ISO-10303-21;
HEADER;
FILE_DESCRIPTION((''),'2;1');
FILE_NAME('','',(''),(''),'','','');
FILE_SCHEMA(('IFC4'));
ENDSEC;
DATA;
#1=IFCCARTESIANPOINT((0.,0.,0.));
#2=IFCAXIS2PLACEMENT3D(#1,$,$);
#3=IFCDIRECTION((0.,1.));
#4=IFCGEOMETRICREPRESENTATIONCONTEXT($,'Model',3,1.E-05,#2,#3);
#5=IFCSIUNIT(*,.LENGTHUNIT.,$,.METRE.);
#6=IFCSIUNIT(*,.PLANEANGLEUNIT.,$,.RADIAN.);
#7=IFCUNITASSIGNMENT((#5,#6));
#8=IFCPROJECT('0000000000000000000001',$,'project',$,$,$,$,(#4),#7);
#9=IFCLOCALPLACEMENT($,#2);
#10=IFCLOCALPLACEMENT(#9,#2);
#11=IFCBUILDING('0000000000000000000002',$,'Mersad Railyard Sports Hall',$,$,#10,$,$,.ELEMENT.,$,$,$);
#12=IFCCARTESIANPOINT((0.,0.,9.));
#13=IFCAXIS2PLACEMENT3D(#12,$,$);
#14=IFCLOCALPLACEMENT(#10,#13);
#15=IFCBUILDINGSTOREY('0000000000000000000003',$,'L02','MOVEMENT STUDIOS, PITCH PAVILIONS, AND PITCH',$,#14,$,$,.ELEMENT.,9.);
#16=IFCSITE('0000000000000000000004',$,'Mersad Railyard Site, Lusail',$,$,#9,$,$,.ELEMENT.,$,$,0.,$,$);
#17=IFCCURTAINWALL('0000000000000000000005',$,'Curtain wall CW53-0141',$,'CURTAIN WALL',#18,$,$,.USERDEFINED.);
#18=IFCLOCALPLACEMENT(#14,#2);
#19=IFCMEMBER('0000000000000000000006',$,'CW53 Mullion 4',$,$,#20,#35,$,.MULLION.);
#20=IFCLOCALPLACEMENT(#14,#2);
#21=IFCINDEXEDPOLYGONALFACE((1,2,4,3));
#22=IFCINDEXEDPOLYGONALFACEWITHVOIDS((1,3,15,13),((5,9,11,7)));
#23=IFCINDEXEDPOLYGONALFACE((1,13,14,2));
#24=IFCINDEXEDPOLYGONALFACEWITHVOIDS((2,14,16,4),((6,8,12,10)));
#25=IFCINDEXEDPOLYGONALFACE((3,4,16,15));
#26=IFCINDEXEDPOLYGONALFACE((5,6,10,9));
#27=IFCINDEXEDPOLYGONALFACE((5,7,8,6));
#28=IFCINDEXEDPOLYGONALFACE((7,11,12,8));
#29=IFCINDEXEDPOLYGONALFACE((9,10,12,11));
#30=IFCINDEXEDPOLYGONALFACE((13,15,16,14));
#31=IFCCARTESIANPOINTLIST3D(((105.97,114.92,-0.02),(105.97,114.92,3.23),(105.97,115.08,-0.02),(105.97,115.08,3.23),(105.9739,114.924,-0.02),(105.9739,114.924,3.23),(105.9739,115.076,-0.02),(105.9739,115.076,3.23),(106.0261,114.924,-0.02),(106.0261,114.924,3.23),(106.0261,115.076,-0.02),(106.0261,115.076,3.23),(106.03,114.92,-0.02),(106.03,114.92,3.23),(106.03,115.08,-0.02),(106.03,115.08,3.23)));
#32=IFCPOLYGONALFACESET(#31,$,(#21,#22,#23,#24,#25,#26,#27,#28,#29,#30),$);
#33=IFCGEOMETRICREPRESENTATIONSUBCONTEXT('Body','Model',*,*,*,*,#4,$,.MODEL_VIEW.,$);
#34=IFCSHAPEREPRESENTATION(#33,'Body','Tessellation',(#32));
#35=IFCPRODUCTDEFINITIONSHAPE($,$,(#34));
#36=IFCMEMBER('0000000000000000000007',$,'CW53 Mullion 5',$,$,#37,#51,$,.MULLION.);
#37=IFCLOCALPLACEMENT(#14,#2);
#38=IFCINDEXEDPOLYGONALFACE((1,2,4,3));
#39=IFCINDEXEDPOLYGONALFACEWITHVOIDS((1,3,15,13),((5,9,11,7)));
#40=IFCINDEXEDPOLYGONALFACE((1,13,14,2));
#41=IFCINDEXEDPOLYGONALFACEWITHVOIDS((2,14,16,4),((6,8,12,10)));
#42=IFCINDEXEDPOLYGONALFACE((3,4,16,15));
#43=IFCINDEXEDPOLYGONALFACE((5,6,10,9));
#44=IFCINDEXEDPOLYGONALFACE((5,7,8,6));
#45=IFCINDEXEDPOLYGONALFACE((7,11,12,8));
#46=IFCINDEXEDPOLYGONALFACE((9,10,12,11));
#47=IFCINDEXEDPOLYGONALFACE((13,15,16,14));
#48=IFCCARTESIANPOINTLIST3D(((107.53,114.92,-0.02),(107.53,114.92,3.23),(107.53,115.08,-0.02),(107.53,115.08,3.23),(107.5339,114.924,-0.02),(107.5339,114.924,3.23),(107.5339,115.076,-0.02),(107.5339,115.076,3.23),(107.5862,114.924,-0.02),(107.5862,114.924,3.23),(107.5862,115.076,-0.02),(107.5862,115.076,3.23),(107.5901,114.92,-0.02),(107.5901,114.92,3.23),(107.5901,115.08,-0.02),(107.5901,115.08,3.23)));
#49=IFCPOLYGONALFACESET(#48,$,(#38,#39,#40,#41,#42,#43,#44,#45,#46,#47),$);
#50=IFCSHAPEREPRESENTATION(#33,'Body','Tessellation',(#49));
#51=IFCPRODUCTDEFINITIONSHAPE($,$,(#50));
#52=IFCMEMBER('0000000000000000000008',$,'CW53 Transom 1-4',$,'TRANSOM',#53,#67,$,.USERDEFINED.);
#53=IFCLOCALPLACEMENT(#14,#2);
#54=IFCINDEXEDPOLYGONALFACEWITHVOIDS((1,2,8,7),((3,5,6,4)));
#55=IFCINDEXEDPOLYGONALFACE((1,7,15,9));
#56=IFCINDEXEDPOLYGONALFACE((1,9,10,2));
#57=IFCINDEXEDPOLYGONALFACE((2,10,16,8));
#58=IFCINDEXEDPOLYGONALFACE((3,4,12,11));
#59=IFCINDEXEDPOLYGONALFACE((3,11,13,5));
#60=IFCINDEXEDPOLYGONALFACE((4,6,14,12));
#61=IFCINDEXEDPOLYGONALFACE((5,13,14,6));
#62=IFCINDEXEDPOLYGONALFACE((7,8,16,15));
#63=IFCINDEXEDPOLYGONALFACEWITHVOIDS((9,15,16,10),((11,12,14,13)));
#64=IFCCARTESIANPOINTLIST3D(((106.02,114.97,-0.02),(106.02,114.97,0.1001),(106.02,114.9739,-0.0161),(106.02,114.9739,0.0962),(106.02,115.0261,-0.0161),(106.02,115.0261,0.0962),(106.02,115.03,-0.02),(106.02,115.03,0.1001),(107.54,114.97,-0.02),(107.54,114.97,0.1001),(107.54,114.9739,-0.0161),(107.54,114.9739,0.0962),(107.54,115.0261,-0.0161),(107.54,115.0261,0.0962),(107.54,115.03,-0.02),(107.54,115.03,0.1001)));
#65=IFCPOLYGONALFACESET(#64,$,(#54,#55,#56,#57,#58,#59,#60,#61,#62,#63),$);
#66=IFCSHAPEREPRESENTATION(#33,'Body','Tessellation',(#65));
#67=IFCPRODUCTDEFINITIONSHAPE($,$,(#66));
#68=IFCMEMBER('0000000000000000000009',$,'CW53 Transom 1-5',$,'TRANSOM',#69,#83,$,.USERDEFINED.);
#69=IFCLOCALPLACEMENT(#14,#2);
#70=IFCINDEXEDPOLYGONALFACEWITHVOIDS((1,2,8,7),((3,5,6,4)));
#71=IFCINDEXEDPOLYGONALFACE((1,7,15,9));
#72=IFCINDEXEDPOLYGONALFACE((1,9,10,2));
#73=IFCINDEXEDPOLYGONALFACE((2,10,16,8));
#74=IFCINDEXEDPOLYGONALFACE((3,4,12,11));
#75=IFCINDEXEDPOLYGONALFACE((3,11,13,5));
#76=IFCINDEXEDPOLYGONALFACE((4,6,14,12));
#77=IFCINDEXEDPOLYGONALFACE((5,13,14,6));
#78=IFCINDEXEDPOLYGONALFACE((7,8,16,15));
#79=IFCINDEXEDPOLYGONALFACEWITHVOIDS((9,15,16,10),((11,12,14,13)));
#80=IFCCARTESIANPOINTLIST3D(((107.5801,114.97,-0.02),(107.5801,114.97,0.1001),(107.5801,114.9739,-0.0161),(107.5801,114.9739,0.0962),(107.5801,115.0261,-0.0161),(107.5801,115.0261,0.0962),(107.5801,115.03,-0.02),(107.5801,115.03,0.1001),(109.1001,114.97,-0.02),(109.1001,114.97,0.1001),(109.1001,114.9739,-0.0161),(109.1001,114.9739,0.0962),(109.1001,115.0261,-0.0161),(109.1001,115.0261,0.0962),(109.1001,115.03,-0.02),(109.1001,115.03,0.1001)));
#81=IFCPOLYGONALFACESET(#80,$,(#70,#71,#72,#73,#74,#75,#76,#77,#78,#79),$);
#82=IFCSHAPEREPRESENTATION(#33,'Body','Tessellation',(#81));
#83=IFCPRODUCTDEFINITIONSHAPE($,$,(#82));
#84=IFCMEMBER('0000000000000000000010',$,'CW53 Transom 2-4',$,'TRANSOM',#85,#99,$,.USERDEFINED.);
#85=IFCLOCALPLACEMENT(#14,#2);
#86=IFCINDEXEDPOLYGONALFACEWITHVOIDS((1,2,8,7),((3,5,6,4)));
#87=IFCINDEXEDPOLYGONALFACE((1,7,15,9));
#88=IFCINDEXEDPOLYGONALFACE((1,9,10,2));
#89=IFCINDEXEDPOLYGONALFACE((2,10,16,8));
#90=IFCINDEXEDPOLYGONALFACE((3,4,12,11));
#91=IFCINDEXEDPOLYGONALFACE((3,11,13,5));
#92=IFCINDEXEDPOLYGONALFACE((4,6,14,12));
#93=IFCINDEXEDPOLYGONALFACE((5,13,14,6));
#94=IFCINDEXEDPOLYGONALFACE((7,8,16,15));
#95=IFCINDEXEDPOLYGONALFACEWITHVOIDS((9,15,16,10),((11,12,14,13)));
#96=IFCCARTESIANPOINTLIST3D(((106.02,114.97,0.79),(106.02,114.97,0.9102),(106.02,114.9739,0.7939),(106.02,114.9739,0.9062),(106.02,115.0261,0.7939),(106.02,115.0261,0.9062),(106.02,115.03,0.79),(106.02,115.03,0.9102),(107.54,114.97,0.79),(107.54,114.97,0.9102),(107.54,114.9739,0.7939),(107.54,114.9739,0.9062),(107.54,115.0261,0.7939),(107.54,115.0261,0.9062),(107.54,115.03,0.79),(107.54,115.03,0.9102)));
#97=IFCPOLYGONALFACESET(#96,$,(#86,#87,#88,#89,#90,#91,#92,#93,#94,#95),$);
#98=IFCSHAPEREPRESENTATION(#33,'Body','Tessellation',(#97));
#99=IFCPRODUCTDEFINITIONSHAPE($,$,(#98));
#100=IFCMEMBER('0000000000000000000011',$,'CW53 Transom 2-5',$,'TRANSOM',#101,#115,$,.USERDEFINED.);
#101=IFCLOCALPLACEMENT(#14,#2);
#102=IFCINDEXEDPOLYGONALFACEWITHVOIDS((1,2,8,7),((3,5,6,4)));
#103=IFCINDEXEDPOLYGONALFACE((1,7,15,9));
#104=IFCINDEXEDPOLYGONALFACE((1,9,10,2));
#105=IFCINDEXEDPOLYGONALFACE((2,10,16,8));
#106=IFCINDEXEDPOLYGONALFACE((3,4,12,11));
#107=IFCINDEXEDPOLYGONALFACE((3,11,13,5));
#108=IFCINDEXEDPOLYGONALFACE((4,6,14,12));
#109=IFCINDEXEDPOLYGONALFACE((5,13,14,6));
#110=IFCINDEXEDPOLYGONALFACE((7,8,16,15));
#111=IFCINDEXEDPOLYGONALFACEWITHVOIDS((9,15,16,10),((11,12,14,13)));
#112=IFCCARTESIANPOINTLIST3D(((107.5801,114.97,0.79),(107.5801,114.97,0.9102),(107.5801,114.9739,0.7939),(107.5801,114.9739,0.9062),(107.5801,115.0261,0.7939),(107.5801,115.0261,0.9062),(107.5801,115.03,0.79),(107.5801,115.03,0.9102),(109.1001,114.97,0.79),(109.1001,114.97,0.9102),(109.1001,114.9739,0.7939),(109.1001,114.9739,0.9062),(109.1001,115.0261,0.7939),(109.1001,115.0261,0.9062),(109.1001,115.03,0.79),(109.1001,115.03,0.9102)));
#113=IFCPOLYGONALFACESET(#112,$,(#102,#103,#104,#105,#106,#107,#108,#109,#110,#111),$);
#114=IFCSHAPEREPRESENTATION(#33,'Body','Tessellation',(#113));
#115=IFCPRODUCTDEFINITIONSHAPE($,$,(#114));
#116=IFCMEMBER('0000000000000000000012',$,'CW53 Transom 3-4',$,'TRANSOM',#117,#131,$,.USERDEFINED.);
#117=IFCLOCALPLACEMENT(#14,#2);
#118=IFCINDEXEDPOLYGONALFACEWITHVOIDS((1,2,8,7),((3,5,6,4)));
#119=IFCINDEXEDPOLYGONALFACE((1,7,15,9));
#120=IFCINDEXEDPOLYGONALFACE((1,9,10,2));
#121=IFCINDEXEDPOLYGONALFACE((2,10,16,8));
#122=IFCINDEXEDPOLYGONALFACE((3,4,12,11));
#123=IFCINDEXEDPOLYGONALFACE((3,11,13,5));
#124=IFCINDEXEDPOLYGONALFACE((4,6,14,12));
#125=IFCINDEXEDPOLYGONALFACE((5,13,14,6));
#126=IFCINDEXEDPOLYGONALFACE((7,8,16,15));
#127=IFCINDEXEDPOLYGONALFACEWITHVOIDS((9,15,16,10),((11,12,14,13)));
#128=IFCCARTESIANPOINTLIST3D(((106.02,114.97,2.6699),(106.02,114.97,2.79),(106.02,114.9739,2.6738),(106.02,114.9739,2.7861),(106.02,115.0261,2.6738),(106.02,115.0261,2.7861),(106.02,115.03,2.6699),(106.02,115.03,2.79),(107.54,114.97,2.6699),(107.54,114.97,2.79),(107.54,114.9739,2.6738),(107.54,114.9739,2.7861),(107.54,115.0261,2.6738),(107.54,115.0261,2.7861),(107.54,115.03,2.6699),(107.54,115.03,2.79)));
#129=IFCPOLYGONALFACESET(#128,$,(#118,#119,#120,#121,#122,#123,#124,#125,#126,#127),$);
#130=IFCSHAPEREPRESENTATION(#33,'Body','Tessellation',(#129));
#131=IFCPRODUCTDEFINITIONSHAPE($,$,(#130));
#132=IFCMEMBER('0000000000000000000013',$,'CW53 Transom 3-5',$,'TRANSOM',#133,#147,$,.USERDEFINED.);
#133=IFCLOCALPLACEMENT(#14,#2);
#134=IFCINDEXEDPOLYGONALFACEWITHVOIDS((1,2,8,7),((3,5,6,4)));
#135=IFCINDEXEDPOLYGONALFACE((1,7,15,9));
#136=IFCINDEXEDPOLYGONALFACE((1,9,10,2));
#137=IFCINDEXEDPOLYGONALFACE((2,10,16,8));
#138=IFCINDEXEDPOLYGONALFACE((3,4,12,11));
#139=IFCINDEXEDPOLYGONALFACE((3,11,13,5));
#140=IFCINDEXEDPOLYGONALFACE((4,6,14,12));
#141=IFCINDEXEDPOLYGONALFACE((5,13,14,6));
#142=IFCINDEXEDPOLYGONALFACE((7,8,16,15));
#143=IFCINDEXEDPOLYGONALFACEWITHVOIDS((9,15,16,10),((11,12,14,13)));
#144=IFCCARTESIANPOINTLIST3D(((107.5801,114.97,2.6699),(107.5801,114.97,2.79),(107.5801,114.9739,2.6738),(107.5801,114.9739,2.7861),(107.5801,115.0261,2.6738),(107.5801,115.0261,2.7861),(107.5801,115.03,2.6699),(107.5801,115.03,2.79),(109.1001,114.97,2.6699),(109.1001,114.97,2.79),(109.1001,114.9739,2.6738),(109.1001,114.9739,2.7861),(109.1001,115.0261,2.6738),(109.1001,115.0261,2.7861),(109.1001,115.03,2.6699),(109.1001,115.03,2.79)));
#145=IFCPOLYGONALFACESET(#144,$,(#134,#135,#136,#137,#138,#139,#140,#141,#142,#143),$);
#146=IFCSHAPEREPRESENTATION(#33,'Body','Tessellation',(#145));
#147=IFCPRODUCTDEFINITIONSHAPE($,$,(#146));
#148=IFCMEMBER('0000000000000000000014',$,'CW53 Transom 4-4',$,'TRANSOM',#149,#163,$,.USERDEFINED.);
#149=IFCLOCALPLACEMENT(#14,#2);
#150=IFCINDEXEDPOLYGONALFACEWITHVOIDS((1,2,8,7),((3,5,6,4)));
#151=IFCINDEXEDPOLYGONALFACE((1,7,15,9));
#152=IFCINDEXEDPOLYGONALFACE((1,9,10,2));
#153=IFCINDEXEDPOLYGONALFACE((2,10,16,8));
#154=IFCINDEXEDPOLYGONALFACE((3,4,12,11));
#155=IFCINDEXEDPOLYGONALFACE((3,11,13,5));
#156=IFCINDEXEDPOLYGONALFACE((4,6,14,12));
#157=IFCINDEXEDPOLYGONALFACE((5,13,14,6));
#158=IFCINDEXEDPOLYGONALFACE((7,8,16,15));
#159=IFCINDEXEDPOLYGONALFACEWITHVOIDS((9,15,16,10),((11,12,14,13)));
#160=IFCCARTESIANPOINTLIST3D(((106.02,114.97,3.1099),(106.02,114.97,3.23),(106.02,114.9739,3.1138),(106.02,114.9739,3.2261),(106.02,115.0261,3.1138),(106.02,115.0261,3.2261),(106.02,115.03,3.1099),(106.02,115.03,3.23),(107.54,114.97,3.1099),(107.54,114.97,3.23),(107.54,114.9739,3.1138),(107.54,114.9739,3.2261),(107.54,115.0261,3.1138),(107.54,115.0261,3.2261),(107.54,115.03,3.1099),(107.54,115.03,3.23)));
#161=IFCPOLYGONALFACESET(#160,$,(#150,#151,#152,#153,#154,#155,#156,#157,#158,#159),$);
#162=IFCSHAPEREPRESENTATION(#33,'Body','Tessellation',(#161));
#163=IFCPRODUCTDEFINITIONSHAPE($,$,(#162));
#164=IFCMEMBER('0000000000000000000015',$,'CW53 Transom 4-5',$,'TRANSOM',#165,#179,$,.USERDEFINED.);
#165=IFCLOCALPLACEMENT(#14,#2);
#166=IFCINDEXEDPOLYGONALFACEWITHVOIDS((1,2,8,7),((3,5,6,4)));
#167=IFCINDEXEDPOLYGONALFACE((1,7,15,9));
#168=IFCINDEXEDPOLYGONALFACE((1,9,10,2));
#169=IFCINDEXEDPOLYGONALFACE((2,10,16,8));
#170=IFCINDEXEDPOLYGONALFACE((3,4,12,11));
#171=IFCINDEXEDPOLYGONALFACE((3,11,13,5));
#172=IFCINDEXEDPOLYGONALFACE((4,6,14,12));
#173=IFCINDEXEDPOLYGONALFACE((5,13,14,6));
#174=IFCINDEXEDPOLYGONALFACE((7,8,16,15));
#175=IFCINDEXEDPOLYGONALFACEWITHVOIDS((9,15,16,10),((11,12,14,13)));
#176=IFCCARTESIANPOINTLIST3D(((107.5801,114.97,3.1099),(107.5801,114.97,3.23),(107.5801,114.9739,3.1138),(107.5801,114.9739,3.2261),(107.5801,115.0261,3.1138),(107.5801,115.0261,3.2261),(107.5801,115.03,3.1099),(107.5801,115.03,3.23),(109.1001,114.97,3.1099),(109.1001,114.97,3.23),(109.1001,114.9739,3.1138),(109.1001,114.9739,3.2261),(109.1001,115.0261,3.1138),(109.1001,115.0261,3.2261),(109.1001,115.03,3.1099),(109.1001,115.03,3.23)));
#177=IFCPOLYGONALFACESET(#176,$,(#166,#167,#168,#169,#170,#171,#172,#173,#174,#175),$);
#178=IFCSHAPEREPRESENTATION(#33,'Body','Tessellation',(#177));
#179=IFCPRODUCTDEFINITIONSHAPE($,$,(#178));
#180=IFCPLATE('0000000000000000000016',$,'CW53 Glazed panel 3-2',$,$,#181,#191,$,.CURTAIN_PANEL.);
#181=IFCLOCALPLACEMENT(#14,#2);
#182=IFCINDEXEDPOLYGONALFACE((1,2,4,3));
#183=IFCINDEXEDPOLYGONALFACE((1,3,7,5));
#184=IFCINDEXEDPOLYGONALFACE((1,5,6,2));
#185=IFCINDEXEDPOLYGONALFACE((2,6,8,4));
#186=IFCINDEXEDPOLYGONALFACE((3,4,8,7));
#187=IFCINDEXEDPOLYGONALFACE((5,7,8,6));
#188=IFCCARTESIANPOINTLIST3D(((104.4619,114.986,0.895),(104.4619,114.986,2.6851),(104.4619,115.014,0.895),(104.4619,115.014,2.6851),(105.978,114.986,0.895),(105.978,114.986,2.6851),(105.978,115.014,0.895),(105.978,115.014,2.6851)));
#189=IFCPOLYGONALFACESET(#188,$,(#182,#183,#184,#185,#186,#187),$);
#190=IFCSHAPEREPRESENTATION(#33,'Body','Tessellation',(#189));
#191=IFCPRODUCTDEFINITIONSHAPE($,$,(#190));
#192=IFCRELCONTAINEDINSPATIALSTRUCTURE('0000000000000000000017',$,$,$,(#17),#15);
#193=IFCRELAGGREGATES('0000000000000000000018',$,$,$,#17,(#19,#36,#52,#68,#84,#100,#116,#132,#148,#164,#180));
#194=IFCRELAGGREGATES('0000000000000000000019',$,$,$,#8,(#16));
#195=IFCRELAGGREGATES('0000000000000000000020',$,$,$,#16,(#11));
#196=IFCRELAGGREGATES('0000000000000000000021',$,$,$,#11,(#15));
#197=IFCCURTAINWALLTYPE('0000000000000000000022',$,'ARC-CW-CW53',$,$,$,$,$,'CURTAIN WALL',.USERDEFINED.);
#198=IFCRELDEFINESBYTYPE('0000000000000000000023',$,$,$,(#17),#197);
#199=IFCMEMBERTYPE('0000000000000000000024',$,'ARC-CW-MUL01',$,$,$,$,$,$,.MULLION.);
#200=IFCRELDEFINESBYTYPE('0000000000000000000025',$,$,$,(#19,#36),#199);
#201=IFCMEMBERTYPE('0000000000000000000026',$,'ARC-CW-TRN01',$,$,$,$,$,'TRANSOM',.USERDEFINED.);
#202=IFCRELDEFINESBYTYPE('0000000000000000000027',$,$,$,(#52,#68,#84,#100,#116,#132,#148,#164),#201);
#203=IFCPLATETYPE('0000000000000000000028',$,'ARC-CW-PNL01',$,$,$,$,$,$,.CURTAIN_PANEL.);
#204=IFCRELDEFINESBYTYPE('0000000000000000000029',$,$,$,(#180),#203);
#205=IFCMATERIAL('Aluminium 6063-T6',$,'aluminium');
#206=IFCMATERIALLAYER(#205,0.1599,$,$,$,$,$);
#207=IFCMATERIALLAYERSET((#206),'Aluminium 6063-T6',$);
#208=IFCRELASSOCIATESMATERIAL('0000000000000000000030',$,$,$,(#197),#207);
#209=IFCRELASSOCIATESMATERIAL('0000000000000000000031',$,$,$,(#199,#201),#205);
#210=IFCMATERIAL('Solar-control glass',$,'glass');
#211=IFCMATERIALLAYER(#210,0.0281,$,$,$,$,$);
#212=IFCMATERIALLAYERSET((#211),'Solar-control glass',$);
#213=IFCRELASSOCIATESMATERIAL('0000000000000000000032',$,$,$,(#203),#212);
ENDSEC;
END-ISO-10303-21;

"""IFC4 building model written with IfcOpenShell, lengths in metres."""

from ifc_helpers import new_model, si_unit, direction, frame, origin, origin_2d, place, context, subcontext, project, spatial, rectangle, hollow_rectangle, extrude, material, layer, layer_set, material_profile, profile_set, type_object, element, aggregate, save


model = new_model("IFC4")

# Units and contexts
model_context = context("Model", 3, precision=1e-05, world=origin(), true_north=direction((0.0, 1.0)))
body_context = subcontext(model_context, "Body", "Model", "MODEL_VIEW")
ifc_project = project(units=[si_unit("LENGTHUNIT", "METRE"), si_unit("PLANEANGLEUNIT", "RADIAN")], contexts=[model_context])

# Site, building, storey
site_placement = place(None, origin())
site = spatial("IfcSite", under=ifc_project, at=site_placement, Name="Mersad Railyard Site, Lusail", CompositionType="ELEMENT", RefElevation=0.0)
building_placement = place(site_placement, origin())
building = spatial("IfcBuilding", under=site, at=building_placement, Name="Mersad Railyard Sports Hall", CompositionType="ELEMENT")
storey_placement = place(building_placement, frame((0.0, 0.0, 9.0)))
storey = spatial("IfcBuildingStorey", under=building, at=storey_placement, Name="L02", Description="MOVEMENT STUDIOS, PITCH PAVILIONS, AND PITCH", CompositionType="ELEMENT", Elevation=9.0)

# Curtain wall, members, plate
ifc_material_1 = material(Name="Aluminium 6063-T6", Category="aluminium")
ifc_layer_1 = layer(ifc_material_1, 0.1599)
ifc_layer_set_1 = layer_set([ifc_layer_1], Name="Aluminium 6063-T6")
curtain_wall_type = type_object("IfcCurtainWallType", Name="ARC-CW-CW53", ElementType="CURTAIN WALL", PredefinedType="USERDEFINED", material=ifc_layer_set_1)
curtain_wall_placement = place(storey_placement, origin())
curtain_wall = element("IfcCurtainWall", 1, at=curtain_wall_placement, inside=storey, type_object=curtain_wall_type, Name="Curtain wall CW53-0141", ObjectType="CURTAIN WALL", PredefinedType="USERDEFINED")
ifc_material_profile_1 = material_profile(ifc_material_1, hollow_rectangle(XDim=0.0601, YDim=0.1599, WallThickness=0.0039, at=origin_2d()), Name="AL MULLION 60x160x4")
ifc_profile_set_1 = profile_set([ifc_material_profile_1], Name="Aluminium 6063-T6")
member_type_1 = type_object("IfcMemberType", Name="ARC-CW-MUL01", PredefinedType="MULLION", material=ifc_profile_set_1)
member_1_placement = place(storey_placement, frame((106.0, 115.0, -0.02), z_axis=(0.0, 0.0, 1.0), x_axis=(1.0, 0.0, 0.0)))
member_1 = element("IfcMember", 2, at=member_1_placement, type_object=member_type_1, Name="CW53 Mullion 4", PredefinedType="MULLION", context=body_context, shape_type="SweptSolid", body=[
    extrude(hollow_rectangle(XDim=0.0601, YDim=0.1599, WallThickness=0.0039, at=origin_2d()), origin(), (0.0, 0.0, 1.0), 3.25),
])
member_2_placement = place(storey_placement, frame((107.5601, 115.0, -0.02), z_axis=(0.0, 0.0, 1.0), x_axis=(1.0, 0.0, 0.0)))
member_2 = element("IfcMember", 3, at=member_2_placement, type_object=member_type_1, Name="CW53 Mullion 5", PredefinedType="MULLION", context=body_context, shape_type="SweptSolid", body=[
    extrude(hollow_rectangle(XDim=0.0601, YDim=0.1599, WallThickness=0.0039, at=origin_2d()), origin(), (0.0, 0.0, 1.0), 3.25),
])
ifc_material_profile_2 = material_profile(ifc_material_1, hollow_rectangle(XDim=0.0601, YDim=0.1201, WallThickness=0.0039, at=origin_2d()), Name="AL TRANSOM 60x120x4")
ifc_profile_set_2 = profile_set([ifc_material_profile_2], Name="Aluminium 6063-T6")
member_type_2 = type_object("IfcMemberType", Name="ARC-CW-TRN01", ElementType="TRANSOM", PredefinedType="USERDEFINED", material=ifc_profile_set_2)
member_3_placement = place(storey_placement, frame((106.02, 115.0, 0.04), z_axis=(1.0, 0.0, 0.0), x_axis=(0.0, 1.0, 0.0)))
member_3 = element("IfcMember", 4, at=member_3_placement, type_object=member_type_2, Name="CW53 Transom 1-4", ObjectType="TRANSOM", PredefinedType="USERDEFINED", context=body_context, shape_type="SweptSolid", body=[
    extrude(hollow_rectangle(XDim=0.0601, YDim=0.1201, WallThickness=0.0039, at=origin_2d()), origin(), (0.0, 0.0, 1.0), 1.52),
])
member_4_placement = place(storey_placement, frame((107.5801, 115.0, 0.04), z_axis=(1.0, 0.0, 0.0), x_axis=(0.0, 1.0, 0.0)))
member_4 = element("IfcMember", 5, at=member_4_placement, type_object=member_type_2, Name="CW53 Transom 1-5", ObjectType="TRANSOM", PredefinedType="USERDEFINED", context=body_context, shape_type="SweptSolid", body=[
    extrude(hollow_rectangle(XDim=0.0601, YDim=0.1201, WallThickness=0.0039, at=origin_2d()), origin(), (0.0, 0.0, 1.0), 1.52),
])
member_5_placement = place(storey_placement, frame((106.02, 115.0, 0.8501), z_axis=(1.0, 0.0, 0.0), x_axis=(0.0, 1.0, 0.0)))
member_5 = element("IfcMember", 6, at=member_5_placement, type_object=member_type_2, Name="CW53 Transom 2-4", ObjectType="TRANSOM", PredefinedType="USERDEFINED", context=body_context, shape_type="SweptSolid", body=[
    extrude(hollow_rectangle(XDim=0.0601, YDim=0.1201, WallThickness=0.0039, at=origin_2d()), origin(), (0.0, 0.0, 1.0), 1.52),
])
member_6_placement = place(storey_placement, frame((107.5801, 115.0, 0.8501), z_axis=(1.0, 0.0, 0.0), x_axis=(0.0, 1.0, 0.0)))
member_6 = element("IfcMember", 7, at=member_6_placement, type_object=member_type_2, Name="CW53 Transom 2-5", ObjectType="TRANSOM", PredefinedType="USERDEFINED", context=body_context, shape_type="SweptSolid", body=[
    extrude(hollow_rectangle(XDim=0.0601, YDim=0.1201, WallThickness=0.0039, at=origin_2d()), origin(), (0.0, 0.0, 1.0), 1.52),
])
member_7_placement = place(storey_placement, frame((106.02, 115.0, 2.73), z_axis=(1.0, 0.0, 0.0), x_axis=(0.0, 1.0, 0.0)))
member_7 = element("IfcMember", 8, at=member_7_placement, type_object=member_type_2, Name="CW53 Transom 3-4", ObjectType="TRANSOM", PredefinedType="USERDEFINED", context=body_context, shape_type="SweptSolid", body=[
    extrude(hollow_rectangle(XDim=0.0601, YDim=0.1201, WallThickness=0.0039, at=origin_2d()), origin(), (0.0, 0.0, 1.0), 1.52),
])
member_8_placement = place(storey_placement, frame((107.5801, 115.0, 2.73), z_axis=(1.0, 0.0, 0.0), x_axis=(0.0, 1.0, 0.0)))
member_8 = element("IfcMember", 9, at=member_8_placement, type_object=member_type_2, Name="CW53 Transom 3-5", ObjectType="TRANSOM", PredefinedType="USERDEFINED", context=body_context, shape_type="SweptSolid", body=[
    extrude(hollow_rectangle(XDim=0.0601, YDim=0.1201, WallThickness=0.0039, at=origin_2d()), origin(), (0.0, 0.0, 1.0), 1.52),
])
member_9_placement = place(storey_placement, frame((106.02, 115.0, 3.1699), z_axis=(1.0, 0.0, 0.0), x_axis=(0.0, 1.0, 0.0)))
member_9 = element("IfcMember", 10, at=member_9_placement, type_object=member_type_2, Name="CW53 Transom 4-4", ObjectType="TRANSOM", PredefinedType="USERDEFINED", context=body_context, shape_type="SweptSolid", body=[
    extrude(hollow_rectangle(XDim=0.0601, YDim=0.1201, WallThickness=0.0039, at=origin_2d()), origin(), (0.0, 0.0, 1.0), 1.52),
])
member_10_placement = place(storey_placement, frame((107.5801, 115.0, 3.1699), z_axis=(1.0, 0.0, 0.0), x_axis=(0.0, 1.0, 0.0)))
member_10 = element("IfcMember", 11, at=member_10_placement, type_object=member_type_2, Name="CW53 Transom 4-5", ObjectType="TRANSOM", PredefinedType="USERDEFINED", context=body_context, shape_type="SweptSolid", body=[
    extrude(hollow_rectangle(XDim=0.0601, YDim=0.1201, WallThickness=0.0039, at=origin_2d()), origin(), (0.0, 0.0, 1.0), 1.52),
])
ifc_material_2 = material(Name="Solar-control glass", Category="glass")
ifc_layer_2 = layer(ifc_material_2, 0.0281)
ifc_layer_set_2 = layer_set([ifc_layer_2], Name="Solar-control glass")
plate_type = type_object("IfcPlateType", Name="ARC-CW-PNL01", PredefinedType="CURTAIN_PANEL", material=ifc_layer_set_2)
plate_1_placement = place(storey_placement, frame((105.22, 115.0, 0.895), z_axis=(0.0, 0.0, 1.0), x_axis=(1.0, 0.0, 0.0)))
plate_1 = element("IfcPlate", 12, at=plate_1_placement, type_object=plate_type, Name="CW53 Glazed panel 3-2", PredefinedType="CURTAIN_PANEL", context=body_context, shape_type="SweptSolid", body=[
    extrude(rectangle(XDim=1.5161, YDim=0.0281, at=origin_2d()), origin(), (0.0, 0.0, 1.0), 1.79),
])
aggregate(curtain_wall, [member_1, member_2, member_3, member_4, member_5, member_6, member_7, member_8, member_9, member_10, plate_1])

save(model, "model.ifc")
